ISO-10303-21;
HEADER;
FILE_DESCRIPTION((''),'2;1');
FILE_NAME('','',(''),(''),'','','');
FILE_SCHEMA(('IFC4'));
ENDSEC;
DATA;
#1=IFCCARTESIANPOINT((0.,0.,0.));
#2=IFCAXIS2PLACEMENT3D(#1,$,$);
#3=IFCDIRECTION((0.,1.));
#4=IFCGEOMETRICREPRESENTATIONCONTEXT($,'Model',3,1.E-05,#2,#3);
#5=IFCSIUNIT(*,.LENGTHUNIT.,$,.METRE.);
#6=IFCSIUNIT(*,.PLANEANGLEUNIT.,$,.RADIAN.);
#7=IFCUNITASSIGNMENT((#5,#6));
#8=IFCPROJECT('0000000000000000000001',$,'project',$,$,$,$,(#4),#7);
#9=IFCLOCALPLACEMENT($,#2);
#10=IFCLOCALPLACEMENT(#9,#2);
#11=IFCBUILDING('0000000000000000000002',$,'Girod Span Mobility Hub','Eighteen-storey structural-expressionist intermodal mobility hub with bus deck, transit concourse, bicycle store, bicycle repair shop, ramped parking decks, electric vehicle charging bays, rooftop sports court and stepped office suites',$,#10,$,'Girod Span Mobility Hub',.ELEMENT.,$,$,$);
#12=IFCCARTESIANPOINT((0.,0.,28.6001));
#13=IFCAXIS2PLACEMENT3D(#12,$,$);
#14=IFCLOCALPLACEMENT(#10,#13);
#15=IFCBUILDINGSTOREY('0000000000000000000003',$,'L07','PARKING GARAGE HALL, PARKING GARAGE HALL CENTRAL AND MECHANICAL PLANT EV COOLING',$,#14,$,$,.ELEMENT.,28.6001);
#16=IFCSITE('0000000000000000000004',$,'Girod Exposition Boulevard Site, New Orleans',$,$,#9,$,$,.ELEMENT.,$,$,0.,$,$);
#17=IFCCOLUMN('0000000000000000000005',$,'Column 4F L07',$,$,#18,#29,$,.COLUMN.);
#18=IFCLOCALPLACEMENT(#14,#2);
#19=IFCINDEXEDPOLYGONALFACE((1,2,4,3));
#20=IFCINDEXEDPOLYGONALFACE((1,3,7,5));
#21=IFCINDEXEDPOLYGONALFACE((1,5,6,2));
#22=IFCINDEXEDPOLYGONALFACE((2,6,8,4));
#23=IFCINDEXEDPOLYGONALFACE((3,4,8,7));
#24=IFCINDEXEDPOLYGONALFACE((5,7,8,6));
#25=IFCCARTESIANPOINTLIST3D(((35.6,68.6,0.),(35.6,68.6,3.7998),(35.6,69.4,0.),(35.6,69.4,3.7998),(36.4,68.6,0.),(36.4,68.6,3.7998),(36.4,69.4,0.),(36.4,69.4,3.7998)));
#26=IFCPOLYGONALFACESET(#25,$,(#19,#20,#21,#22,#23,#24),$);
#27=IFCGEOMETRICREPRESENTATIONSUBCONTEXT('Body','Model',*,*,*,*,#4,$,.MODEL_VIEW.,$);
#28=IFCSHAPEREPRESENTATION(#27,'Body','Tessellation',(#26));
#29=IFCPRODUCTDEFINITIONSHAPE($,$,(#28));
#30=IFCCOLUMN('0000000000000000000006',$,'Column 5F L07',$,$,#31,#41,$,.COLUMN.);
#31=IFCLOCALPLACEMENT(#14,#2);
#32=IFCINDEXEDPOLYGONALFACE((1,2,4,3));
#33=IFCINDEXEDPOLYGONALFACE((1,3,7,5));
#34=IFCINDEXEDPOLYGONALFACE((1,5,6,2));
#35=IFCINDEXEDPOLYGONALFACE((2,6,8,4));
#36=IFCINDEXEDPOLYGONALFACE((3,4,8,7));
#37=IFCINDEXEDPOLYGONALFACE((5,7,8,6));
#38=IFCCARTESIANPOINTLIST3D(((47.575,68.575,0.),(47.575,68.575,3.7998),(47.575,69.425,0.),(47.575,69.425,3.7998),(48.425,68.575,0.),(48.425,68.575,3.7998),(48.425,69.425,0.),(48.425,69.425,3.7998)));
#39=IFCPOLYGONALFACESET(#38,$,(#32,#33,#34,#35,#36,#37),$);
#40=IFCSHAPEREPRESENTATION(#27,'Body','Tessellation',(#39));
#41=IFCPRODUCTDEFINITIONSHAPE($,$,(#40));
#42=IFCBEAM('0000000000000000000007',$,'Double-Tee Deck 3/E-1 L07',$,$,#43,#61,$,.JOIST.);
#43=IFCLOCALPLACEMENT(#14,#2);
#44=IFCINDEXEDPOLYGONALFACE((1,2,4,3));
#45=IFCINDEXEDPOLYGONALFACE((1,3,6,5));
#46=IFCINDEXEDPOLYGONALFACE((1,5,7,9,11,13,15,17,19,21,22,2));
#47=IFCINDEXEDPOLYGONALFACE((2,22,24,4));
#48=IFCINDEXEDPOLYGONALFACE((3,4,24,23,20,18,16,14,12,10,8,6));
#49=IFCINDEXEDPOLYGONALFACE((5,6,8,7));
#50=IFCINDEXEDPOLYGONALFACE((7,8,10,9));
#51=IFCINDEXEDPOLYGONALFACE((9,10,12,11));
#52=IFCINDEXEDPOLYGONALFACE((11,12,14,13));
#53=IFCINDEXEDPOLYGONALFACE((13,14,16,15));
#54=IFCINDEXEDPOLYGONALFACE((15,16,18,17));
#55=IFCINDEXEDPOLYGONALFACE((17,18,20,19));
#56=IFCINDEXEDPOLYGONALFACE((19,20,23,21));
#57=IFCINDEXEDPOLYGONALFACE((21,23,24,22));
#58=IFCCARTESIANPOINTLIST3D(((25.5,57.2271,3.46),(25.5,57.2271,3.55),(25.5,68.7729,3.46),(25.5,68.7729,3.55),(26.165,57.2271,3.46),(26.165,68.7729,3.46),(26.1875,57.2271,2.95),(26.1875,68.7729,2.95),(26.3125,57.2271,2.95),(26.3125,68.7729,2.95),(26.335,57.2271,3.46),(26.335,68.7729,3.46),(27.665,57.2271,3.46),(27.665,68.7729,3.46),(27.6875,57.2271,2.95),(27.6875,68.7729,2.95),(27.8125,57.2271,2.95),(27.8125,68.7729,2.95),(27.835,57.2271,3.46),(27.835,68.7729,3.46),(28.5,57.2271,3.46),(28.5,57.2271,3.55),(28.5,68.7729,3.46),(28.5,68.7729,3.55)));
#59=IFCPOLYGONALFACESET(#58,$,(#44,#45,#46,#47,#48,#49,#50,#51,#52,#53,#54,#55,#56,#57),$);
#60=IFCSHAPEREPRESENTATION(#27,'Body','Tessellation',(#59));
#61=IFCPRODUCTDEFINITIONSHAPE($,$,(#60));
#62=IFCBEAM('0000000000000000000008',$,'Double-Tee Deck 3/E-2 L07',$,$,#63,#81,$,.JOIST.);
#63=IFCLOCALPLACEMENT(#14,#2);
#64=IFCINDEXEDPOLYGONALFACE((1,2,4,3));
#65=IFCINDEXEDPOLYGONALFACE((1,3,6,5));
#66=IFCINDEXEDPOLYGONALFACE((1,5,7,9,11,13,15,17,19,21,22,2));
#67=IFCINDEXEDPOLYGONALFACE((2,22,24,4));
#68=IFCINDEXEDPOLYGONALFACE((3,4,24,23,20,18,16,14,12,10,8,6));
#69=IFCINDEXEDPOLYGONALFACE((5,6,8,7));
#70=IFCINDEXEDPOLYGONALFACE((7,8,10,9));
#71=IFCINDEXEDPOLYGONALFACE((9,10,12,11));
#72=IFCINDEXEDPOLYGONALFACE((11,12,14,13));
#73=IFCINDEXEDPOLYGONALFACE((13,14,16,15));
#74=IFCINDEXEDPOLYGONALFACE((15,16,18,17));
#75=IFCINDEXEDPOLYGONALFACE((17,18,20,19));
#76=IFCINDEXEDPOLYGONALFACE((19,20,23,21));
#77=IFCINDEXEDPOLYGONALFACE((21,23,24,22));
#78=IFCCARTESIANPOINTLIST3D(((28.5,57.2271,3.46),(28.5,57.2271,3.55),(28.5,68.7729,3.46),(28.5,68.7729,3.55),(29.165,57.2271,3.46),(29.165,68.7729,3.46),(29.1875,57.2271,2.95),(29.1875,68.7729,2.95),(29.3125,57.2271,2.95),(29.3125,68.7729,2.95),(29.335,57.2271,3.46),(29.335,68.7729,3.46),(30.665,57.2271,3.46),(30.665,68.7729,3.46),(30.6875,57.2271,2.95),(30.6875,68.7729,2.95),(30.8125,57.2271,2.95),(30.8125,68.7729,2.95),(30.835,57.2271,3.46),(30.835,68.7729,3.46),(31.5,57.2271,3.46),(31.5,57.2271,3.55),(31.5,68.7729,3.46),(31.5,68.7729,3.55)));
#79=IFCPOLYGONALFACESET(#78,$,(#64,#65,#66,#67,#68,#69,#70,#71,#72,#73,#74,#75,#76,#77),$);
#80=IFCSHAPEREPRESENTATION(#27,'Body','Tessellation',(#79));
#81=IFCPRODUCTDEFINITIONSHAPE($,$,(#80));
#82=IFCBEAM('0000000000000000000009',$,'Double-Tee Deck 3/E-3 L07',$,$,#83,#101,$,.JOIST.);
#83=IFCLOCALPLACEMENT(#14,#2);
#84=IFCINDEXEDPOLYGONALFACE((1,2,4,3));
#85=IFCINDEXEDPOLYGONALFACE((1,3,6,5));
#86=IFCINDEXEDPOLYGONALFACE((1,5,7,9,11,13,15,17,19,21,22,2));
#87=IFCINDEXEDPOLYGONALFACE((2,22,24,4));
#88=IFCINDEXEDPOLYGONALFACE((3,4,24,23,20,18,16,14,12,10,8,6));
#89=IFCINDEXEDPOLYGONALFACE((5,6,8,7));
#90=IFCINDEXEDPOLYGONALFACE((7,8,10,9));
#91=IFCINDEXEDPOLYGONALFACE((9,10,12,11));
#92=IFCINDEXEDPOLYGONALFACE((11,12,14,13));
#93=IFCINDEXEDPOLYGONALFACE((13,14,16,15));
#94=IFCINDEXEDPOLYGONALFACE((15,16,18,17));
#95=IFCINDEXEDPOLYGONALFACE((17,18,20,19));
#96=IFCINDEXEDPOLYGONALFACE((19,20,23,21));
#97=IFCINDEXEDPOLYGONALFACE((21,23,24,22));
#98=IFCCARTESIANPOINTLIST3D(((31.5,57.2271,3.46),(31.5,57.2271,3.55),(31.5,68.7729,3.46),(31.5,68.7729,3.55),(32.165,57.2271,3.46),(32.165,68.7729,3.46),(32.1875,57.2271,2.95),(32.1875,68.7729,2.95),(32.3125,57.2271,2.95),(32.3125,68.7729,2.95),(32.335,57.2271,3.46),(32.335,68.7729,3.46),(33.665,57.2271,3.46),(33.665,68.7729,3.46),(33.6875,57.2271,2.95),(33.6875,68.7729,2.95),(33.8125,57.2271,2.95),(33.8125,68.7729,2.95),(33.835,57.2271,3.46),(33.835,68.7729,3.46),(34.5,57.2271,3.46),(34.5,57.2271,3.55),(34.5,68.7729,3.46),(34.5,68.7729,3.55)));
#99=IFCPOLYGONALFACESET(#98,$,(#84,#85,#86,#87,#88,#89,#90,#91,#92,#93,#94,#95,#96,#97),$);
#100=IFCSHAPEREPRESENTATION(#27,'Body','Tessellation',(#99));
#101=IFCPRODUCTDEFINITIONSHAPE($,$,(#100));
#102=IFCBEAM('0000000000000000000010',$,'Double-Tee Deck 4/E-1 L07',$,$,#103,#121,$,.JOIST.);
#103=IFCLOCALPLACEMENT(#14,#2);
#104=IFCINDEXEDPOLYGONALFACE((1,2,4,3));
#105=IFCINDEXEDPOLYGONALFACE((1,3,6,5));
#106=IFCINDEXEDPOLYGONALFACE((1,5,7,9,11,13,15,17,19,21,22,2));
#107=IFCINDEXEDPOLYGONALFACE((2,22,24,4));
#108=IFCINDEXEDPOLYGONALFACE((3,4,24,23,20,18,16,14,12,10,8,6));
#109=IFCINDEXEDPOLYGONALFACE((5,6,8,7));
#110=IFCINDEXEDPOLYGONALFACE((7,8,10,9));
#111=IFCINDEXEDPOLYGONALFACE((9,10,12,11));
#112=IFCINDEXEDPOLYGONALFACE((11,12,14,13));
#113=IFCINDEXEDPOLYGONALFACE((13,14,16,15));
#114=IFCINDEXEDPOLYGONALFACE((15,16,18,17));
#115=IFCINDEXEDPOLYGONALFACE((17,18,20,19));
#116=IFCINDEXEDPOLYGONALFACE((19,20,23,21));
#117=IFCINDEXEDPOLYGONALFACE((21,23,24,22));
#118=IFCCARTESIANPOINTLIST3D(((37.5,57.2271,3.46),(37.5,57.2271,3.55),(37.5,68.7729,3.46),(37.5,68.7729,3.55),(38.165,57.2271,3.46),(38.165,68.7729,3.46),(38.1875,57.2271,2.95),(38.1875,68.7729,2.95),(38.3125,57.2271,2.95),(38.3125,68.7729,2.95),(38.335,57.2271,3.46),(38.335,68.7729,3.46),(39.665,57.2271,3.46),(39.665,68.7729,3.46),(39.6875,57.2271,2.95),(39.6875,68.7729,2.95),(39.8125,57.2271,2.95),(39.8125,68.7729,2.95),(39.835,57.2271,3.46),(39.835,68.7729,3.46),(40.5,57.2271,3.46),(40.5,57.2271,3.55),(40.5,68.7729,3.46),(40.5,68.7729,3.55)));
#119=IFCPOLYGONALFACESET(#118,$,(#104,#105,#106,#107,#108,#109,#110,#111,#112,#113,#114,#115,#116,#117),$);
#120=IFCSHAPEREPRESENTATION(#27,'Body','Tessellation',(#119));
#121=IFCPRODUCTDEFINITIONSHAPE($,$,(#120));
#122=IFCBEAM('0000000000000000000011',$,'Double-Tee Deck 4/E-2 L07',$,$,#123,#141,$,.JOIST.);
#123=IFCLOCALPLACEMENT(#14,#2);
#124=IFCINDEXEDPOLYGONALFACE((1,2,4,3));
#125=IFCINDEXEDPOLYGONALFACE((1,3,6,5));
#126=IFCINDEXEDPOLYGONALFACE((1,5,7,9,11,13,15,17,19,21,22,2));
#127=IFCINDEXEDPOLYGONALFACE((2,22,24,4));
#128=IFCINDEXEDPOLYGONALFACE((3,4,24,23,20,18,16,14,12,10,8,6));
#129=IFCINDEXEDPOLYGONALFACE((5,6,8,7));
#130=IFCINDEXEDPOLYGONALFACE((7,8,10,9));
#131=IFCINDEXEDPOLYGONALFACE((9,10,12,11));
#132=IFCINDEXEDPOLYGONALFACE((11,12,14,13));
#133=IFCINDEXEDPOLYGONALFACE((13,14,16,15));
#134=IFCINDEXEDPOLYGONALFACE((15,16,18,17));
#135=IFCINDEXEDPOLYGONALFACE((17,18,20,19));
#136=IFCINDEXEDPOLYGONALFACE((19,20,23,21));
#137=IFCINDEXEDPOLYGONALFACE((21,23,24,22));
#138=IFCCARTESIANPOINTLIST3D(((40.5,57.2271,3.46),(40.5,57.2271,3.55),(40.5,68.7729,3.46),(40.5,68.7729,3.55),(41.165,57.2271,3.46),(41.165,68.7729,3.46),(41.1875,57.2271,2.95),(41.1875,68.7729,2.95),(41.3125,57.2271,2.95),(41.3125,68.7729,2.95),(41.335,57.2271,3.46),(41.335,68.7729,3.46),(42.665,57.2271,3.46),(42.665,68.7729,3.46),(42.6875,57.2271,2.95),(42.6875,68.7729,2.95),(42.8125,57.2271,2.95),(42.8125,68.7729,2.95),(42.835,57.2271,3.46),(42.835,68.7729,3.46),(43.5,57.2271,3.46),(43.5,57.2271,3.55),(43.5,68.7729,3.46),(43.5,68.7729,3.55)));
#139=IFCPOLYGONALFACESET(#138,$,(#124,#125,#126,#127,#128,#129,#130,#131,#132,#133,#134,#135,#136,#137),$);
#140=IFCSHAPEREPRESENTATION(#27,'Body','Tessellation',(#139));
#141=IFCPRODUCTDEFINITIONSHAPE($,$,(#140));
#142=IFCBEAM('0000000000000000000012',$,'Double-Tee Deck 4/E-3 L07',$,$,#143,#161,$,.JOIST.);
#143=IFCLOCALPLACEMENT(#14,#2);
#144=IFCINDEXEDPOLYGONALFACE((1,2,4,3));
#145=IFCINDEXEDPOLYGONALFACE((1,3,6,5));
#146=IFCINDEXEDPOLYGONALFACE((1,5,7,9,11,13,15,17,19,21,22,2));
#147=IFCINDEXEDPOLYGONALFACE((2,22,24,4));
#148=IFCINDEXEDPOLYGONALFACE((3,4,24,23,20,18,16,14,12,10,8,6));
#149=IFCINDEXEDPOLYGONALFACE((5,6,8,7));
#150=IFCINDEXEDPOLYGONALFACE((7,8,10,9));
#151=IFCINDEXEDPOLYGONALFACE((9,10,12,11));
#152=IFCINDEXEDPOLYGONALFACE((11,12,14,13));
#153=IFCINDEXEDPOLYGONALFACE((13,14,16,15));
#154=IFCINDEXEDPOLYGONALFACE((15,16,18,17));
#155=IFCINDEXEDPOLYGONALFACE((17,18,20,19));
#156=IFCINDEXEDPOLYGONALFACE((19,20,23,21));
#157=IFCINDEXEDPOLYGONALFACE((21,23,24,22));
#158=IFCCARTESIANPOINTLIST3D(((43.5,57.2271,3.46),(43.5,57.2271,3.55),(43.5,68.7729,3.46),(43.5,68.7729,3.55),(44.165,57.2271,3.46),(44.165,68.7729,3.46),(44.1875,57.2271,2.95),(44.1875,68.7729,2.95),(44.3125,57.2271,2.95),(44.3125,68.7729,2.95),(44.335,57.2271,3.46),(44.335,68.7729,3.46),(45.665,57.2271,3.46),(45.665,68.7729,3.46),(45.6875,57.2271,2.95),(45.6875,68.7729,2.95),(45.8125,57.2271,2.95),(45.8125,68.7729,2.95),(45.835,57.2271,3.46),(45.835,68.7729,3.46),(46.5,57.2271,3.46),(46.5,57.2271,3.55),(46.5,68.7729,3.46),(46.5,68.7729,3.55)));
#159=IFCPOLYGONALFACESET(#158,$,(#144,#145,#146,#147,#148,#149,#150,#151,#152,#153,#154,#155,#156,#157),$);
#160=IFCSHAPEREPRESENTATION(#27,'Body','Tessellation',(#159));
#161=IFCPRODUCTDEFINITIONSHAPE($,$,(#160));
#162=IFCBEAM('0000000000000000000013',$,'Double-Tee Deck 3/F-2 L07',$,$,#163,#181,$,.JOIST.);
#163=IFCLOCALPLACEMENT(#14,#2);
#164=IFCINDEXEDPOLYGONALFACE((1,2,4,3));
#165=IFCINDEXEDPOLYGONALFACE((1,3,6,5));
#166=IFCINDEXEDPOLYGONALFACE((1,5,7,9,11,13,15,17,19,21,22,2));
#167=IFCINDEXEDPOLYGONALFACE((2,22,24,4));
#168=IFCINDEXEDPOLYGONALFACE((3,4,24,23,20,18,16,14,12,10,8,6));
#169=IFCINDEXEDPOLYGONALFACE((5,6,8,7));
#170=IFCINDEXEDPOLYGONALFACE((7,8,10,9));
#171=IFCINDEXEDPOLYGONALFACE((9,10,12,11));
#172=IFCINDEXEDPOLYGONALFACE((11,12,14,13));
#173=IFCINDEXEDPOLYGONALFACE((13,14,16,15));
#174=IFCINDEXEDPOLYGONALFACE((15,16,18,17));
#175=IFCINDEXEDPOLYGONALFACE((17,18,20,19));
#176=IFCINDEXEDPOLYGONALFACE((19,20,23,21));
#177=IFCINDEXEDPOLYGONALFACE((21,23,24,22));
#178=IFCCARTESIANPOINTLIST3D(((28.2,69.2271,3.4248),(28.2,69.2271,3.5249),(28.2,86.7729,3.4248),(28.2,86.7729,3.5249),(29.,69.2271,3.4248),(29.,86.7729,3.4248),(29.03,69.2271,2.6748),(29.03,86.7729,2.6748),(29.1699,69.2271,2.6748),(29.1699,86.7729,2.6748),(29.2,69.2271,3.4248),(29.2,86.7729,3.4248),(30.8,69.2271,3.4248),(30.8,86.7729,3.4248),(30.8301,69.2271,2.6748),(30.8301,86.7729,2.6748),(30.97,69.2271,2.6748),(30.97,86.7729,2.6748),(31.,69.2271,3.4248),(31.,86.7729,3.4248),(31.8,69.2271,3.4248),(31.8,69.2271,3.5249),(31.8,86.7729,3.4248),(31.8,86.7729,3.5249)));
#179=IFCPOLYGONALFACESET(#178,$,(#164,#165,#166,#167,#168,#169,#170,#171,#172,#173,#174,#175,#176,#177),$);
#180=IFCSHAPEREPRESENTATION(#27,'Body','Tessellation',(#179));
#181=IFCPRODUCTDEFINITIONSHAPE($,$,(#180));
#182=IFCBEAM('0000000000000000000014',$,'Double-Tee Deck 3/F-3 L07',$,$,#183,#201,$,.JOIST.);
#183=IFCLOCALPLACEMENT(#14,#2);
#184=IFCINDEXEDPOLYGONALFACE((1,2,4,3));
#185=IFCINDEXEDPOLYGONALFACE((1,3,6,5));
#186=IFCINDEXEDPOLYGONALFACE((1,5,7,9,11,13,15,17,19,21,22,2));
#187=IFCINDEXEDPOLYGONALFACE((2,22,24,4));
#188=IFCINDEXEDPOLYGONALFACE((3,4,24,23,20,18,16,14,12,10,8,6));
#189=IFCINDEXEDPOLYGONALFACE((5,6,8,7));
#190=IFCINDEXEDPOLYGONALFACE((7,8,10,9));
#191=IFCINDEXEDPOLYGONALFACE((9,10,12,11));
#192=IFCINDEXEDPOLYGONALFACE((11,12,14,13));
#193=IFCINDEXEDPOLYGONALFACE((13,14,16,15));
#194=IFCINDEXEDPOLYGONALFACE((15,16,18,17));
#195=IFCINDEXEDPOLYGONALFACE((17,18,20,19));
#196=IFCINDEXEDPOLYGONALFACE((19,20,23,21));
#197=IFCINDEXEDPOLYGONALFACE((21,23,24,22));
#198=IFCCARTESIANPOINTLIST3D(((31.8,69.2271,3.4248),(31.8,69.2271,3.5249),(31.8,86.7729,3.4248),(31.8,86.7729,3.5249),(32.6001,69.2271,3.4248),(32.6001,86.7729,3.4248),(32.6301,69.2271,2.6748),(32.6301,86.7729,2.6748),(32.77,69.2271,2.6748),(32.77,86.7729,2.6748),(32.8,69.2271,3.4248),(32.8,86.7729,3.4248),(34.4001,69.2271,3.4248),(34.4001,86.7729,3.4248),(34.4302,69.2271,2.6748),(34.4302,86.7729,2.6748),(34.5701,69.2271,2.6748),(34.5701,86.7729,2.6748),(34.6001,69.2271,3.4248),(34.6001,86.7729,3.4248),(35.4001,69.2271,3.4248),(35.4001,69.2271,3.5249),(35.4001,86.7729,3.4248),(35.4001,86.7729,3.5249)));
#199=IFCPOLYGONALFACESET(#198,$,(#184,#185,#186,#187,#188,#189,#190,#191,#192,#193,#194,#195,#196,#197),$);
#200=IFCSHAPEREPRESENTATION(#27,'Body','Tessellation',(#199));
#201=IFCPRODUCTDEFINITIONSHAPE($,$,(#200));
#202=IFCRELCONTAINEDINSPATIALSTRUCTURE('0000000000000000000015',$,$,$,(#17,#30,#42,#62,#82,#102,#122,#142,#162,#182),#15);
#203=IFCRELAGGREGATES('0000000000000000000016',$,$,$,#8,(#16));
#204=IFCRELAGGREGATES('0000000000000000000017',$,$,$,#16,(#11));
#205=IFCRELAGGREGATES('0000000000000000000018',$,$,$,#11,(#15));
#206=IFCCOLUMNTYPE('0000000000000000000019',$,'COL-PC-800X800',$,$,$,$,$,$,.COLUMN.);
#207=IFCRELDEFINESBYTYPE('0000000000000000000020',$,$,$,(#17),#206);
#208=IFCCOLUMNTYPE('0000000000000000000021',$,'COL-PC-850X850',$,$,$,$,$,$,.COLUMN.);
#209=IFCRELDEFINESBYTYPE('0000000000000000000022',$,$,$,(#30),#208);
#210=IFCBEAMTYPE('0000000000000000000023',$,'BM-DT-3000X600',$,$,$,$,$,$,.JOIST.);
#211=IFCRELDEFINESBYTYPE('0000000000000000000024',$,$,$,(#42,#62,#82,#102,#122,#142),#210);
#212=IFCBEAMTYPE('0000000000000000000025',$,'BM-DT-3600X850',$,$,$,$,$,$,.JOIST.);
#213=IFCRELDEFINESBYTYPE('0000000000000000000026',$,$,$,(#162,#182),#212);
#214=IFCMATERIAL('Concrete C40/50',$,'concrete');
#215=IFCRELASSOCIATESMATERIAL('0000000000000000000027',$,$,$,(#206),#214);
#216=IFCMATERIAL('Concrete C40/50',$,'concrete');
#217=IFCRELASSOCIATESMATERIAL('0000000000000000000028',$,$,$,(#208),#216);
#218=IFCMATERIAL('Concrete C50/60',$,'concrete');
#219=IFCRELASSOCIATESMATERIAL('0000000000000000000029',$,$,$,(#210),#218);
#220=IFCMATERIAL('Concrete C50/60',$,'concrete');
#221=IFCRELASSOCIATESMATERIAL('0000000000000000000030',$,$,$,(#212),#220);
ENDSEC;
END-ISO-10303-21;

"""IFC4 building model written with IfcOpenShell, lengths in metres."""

from ifc_helpers import new_model, si_unit, direction, frame, origin, origin_2d, place, context, subcontext, project, spatial, polyline, rectangle, outline, extrude, material, material_profile, profile_set, type_object, element, save


model = new_model("IFC4")

# Units and contexts
model_context = context("Model", 3, precision=1e-05, world=origin(), true_north=direction((0.0, 1.0)))
body_context = subcontext(model_context, "Body", "Model", "MODEL_VIEW")
ifc_project = project(units=[si_unit("LENGTHUNIT", "METRE"), si_unit("PLANEANGLEUNIT", "RADIAN")], contexts=[model_context])

# Site, building, storey
site_placement = place(None, origin())
site = spatial("IfcSite", under=ifc_project, at=site_placement, Name="Girod Exposition Boulevard Site, New Orleans", CompositionType="ELEMENT", RefElevation=0.0)
building_placement = place(site_placement, origin())
building = spatial("IfcBuilding", under=site, at=building_placement, Name="Girod Span Mobility Hub", Description="Eighteen-storey structural-expressionist intermodal mobility hub with bus deck, transit concourse, bicycle store, bicycle repair shop, ramped parking decks, electric vehicle charging bays, rooftop sports court and stepped office suites", LongName="Girod Span Mobility Hub", CompositionType="ELEMENT")
storey_placement = place(building_placement, frame((0.0, 0.0, 28.6001)))
storey = spatial("IfcBuildingStorey", under=building, at=storey_placement, Name="L07", Description="PARKING GARAGE HALL, PARKING GARAGE HALL CENTRAL AND MECHANICAL PLANT EV COOLING", CompositionType="ELEMENT", Elevation=28.6001)

# Columns
ifc_material_1 = material(Name="Concrete C40/50", Category="concrete")
ifc_material_profile_1 = material_profile(ifc_material_1, rectangle(XDim=0.8, YDim=0.8, at=origin_2d()), Name="PC-COL-800X800")
ifc_profile_set_1 = profile_set([ifc_material_profile_1], Name="Concrete C40/50")
column_type_1 = type_object("IfcColumnType", Name="COL-PC-800X800", PredefinedType="COLUMN", material=ifc_profile_set_1)
column_1_placement = place(storey_placement, frame((36.0, 69.0, 0.0), z_axis=(0.0, 0.0, 1.0), x_axis=(1.0, 0.0, 0.0)))
element("IfcColumn", 1, at=column_1_placement, inside=storey, type_object=column_type_1, Name="Column 4F L07", PredefinedType="COLUMN", context=body_context, shape_type="SweptSolid", body=[
    extrude(rectangle(XDim=0.8, YDim=0.8, at=origin_2d()), origin(), (0.0, 0.0, 1.0), 3.7998),
])
ifc_material_2 = material(Name="Concrete C40/50", Category="concrete")
ifc_material_profile_2 = material_profile(ifc_material_2, rectangle(XDim=0.8501, YDim=0.8501, at=origin_2d()), Name="PC-COL-850X850")
ifc_profile_set_2 = profile_set([ifc_material_profile_2], Name="Concrete C40/50")
column_type_2 = type_object("IfcColumnType", Name="COL-PC-850X850", PredefinedType="COLUMN", material=ifc_profile_set_2)
column_2_placement = place(storey_placement, frame((48.0, 69.0, 0.0), z_axis=(0.0, 0.0, 1.0), x_axis=(1.0, 0.0, 0.0)))
element("IfcColumn", 2, at=column_2_placement, inside=storey, type_object=column_type_2, Name="Column 5F L07", PredefinedType="COLUMN", context=body_context, shape_type="SweptSolid", body=[
    extrude(rectangle(XDim=0.8501, YDim=0.8501, at=origin_2d()), origin(), (0.0, 0.0, 1.0), 3.7998),
])

# Beams
ifc_material_3 = material(Name="Concrete C50/60", Category="concrete")
ifc_material_profile_3 = material_profile(ifc_material_3, outline(polyline([(-1.5, 0.3), (-1.5, 0.21), (-0.835, 0.21), (-0.8125, -0.3), (-0.6875, -0.3), (-0.665, 0.21), (0.665, 0.21), (0.6875, -0.3), (0.8125, -0.3), (0.835, 0.21), (1.5, 0.21), (1.5, 0.3), (-1.5, 0.3)])), Name="DT-3000X600")
ifc_profile_set_3 = profile_set([ifc_material_profile_3], Name="Concrete C50/60")
beam_type_1 = type_object("IfcBeamType", Name="BM-DT-3000X600", PredefinedType="JOIST", material=ifc_profile_set_3)
for number, where, z_axis, x_axis, name in (
    (3, (27.0, 57.2271, 3.25), (0.0, 1.0, 0.0), (-1.0, 0.0, 0.0), "Double-Tee Deck 3/E-1 L07"),
    (4, (30.0, 57.2271, 3.25), (0.0, 1.0, 0.0), (-1.0, 0.0, 0.0), "Double-Tee Deck 3/E-2 L07"),
    (5, (33.0, 57.2271, 3.25), (0.0, 1.0, 0.0), (-1.0, 0.0, 0.0), "Double-Tee Deck 3/E-3 L07"),
    (6, (39.0, 57.2271, 3.25), (0.0, 1.0, 0.0), (-1.0, 0.0, 0.0), "Double-Tee Deck 4/E-1 L07"),
    (7, (42.0, 57.2271, 3.25), (0.0, 1.0, 0.0), (-1.0, 0.0, 0.0), "Double-Tee Deck 4/E-2 L07"),
    (8, (45.0, 57.2271, 3.25), (0.0, 1.0, 0.0), (-1.0, 0.0, 0.0), "Double-Tee Deck 4/E-3 L07"),
):
    element("IfcBeam", number, at=place(storey_placement, frame(where, z_axis=z_axis, x_axis=x_axis)), inside=storey, type_object=beam_type_1, Name=name, PredefinedType="JOIST", context=body_context, shape_type="SweptSolid", body=[
        extrude(outline(polyline([(-1.5, 0.3), (-1.5, 0.21), (-0.835, 0.21), (-0.8125, -0.3), (-0.6875, -0.3), (-0.665, 0.21), (0.665, 0.21), (0.6875, -0.3), (0.8125, -0.3), (0.835, 0.21), (1.5, 0.21), (1.5, 0.3), (-1.5, 0.3)])), origin(), (0.0, 0.0, 1.0), 11.5459),
    ])
ifc_material_4 = material(Name="Concrete C50/60", Category="concrete")
ifc_material_profile_4 = material_profile(ifc_material_4, outline(polyline([(-1.8, 0.425), (-1.8, 0.325), (-1.0, 0.325), (-0.97, -0.425), (-0.8301, -0.425), (-0.8, 0.325), (0.8, 0.325), (0.8301, -0.425), (0.97, -0.425), (1.0, 0.325), (1.8, 0.325), (1.8, 0.425), (-1.8, 0.425)])), Name="DT-3600X850")
ifc_profile_set_4 = profile_set([ifc_material_profile_4], Name="Concrete C50/60")
beam_type_2 = type_object("IfcBeamType", Name="BM-DT-3600X850", PredefinedType="JOIST", material=ifc_profile_set_4)
for number, where, z_axis, x_axis, name in (
    (9, (30.0, 69.2271, 3.0999), (0.0, 1.0, 0.0), (-1.0, 0.0, 0.0), "Double-Tee Deck 3/F-2 L07"),
    (10, (33.6001, 69.2271, 3.0999), (0.0, 1.0, 0.0), (-1.0, 0.0, 0.0), "Double-Tee Deck 3/F-3 L07"),
):
    element("IfcBeam", number, at=place(storey_placement, frame(where, z_axis=z_axis, x_axis=x_axis)), inside=storey, type_object=beam_type_2, Name=name, PredefinedType="JOIST", context=body_context, shape_type="SweptSolid", body=[
        extrude(outline(polyline([(-1.8, 0.425), (-1.8, 0.325), (-1.0, 0.325), (-0.97, -0.425), (-0.8301, -0.425), (-0.8, 0.325), (0.8, 0.325), (0.8301, -0.425), (0.97, -0.425), (1.0, 0.325), (1.8, 0.325), (1.8, 0.425), (-1.8, 0.425)])), origin(), (0.0, 0.0, 1.0), 17.5459),
    ])

save(model, "model.ifc")
